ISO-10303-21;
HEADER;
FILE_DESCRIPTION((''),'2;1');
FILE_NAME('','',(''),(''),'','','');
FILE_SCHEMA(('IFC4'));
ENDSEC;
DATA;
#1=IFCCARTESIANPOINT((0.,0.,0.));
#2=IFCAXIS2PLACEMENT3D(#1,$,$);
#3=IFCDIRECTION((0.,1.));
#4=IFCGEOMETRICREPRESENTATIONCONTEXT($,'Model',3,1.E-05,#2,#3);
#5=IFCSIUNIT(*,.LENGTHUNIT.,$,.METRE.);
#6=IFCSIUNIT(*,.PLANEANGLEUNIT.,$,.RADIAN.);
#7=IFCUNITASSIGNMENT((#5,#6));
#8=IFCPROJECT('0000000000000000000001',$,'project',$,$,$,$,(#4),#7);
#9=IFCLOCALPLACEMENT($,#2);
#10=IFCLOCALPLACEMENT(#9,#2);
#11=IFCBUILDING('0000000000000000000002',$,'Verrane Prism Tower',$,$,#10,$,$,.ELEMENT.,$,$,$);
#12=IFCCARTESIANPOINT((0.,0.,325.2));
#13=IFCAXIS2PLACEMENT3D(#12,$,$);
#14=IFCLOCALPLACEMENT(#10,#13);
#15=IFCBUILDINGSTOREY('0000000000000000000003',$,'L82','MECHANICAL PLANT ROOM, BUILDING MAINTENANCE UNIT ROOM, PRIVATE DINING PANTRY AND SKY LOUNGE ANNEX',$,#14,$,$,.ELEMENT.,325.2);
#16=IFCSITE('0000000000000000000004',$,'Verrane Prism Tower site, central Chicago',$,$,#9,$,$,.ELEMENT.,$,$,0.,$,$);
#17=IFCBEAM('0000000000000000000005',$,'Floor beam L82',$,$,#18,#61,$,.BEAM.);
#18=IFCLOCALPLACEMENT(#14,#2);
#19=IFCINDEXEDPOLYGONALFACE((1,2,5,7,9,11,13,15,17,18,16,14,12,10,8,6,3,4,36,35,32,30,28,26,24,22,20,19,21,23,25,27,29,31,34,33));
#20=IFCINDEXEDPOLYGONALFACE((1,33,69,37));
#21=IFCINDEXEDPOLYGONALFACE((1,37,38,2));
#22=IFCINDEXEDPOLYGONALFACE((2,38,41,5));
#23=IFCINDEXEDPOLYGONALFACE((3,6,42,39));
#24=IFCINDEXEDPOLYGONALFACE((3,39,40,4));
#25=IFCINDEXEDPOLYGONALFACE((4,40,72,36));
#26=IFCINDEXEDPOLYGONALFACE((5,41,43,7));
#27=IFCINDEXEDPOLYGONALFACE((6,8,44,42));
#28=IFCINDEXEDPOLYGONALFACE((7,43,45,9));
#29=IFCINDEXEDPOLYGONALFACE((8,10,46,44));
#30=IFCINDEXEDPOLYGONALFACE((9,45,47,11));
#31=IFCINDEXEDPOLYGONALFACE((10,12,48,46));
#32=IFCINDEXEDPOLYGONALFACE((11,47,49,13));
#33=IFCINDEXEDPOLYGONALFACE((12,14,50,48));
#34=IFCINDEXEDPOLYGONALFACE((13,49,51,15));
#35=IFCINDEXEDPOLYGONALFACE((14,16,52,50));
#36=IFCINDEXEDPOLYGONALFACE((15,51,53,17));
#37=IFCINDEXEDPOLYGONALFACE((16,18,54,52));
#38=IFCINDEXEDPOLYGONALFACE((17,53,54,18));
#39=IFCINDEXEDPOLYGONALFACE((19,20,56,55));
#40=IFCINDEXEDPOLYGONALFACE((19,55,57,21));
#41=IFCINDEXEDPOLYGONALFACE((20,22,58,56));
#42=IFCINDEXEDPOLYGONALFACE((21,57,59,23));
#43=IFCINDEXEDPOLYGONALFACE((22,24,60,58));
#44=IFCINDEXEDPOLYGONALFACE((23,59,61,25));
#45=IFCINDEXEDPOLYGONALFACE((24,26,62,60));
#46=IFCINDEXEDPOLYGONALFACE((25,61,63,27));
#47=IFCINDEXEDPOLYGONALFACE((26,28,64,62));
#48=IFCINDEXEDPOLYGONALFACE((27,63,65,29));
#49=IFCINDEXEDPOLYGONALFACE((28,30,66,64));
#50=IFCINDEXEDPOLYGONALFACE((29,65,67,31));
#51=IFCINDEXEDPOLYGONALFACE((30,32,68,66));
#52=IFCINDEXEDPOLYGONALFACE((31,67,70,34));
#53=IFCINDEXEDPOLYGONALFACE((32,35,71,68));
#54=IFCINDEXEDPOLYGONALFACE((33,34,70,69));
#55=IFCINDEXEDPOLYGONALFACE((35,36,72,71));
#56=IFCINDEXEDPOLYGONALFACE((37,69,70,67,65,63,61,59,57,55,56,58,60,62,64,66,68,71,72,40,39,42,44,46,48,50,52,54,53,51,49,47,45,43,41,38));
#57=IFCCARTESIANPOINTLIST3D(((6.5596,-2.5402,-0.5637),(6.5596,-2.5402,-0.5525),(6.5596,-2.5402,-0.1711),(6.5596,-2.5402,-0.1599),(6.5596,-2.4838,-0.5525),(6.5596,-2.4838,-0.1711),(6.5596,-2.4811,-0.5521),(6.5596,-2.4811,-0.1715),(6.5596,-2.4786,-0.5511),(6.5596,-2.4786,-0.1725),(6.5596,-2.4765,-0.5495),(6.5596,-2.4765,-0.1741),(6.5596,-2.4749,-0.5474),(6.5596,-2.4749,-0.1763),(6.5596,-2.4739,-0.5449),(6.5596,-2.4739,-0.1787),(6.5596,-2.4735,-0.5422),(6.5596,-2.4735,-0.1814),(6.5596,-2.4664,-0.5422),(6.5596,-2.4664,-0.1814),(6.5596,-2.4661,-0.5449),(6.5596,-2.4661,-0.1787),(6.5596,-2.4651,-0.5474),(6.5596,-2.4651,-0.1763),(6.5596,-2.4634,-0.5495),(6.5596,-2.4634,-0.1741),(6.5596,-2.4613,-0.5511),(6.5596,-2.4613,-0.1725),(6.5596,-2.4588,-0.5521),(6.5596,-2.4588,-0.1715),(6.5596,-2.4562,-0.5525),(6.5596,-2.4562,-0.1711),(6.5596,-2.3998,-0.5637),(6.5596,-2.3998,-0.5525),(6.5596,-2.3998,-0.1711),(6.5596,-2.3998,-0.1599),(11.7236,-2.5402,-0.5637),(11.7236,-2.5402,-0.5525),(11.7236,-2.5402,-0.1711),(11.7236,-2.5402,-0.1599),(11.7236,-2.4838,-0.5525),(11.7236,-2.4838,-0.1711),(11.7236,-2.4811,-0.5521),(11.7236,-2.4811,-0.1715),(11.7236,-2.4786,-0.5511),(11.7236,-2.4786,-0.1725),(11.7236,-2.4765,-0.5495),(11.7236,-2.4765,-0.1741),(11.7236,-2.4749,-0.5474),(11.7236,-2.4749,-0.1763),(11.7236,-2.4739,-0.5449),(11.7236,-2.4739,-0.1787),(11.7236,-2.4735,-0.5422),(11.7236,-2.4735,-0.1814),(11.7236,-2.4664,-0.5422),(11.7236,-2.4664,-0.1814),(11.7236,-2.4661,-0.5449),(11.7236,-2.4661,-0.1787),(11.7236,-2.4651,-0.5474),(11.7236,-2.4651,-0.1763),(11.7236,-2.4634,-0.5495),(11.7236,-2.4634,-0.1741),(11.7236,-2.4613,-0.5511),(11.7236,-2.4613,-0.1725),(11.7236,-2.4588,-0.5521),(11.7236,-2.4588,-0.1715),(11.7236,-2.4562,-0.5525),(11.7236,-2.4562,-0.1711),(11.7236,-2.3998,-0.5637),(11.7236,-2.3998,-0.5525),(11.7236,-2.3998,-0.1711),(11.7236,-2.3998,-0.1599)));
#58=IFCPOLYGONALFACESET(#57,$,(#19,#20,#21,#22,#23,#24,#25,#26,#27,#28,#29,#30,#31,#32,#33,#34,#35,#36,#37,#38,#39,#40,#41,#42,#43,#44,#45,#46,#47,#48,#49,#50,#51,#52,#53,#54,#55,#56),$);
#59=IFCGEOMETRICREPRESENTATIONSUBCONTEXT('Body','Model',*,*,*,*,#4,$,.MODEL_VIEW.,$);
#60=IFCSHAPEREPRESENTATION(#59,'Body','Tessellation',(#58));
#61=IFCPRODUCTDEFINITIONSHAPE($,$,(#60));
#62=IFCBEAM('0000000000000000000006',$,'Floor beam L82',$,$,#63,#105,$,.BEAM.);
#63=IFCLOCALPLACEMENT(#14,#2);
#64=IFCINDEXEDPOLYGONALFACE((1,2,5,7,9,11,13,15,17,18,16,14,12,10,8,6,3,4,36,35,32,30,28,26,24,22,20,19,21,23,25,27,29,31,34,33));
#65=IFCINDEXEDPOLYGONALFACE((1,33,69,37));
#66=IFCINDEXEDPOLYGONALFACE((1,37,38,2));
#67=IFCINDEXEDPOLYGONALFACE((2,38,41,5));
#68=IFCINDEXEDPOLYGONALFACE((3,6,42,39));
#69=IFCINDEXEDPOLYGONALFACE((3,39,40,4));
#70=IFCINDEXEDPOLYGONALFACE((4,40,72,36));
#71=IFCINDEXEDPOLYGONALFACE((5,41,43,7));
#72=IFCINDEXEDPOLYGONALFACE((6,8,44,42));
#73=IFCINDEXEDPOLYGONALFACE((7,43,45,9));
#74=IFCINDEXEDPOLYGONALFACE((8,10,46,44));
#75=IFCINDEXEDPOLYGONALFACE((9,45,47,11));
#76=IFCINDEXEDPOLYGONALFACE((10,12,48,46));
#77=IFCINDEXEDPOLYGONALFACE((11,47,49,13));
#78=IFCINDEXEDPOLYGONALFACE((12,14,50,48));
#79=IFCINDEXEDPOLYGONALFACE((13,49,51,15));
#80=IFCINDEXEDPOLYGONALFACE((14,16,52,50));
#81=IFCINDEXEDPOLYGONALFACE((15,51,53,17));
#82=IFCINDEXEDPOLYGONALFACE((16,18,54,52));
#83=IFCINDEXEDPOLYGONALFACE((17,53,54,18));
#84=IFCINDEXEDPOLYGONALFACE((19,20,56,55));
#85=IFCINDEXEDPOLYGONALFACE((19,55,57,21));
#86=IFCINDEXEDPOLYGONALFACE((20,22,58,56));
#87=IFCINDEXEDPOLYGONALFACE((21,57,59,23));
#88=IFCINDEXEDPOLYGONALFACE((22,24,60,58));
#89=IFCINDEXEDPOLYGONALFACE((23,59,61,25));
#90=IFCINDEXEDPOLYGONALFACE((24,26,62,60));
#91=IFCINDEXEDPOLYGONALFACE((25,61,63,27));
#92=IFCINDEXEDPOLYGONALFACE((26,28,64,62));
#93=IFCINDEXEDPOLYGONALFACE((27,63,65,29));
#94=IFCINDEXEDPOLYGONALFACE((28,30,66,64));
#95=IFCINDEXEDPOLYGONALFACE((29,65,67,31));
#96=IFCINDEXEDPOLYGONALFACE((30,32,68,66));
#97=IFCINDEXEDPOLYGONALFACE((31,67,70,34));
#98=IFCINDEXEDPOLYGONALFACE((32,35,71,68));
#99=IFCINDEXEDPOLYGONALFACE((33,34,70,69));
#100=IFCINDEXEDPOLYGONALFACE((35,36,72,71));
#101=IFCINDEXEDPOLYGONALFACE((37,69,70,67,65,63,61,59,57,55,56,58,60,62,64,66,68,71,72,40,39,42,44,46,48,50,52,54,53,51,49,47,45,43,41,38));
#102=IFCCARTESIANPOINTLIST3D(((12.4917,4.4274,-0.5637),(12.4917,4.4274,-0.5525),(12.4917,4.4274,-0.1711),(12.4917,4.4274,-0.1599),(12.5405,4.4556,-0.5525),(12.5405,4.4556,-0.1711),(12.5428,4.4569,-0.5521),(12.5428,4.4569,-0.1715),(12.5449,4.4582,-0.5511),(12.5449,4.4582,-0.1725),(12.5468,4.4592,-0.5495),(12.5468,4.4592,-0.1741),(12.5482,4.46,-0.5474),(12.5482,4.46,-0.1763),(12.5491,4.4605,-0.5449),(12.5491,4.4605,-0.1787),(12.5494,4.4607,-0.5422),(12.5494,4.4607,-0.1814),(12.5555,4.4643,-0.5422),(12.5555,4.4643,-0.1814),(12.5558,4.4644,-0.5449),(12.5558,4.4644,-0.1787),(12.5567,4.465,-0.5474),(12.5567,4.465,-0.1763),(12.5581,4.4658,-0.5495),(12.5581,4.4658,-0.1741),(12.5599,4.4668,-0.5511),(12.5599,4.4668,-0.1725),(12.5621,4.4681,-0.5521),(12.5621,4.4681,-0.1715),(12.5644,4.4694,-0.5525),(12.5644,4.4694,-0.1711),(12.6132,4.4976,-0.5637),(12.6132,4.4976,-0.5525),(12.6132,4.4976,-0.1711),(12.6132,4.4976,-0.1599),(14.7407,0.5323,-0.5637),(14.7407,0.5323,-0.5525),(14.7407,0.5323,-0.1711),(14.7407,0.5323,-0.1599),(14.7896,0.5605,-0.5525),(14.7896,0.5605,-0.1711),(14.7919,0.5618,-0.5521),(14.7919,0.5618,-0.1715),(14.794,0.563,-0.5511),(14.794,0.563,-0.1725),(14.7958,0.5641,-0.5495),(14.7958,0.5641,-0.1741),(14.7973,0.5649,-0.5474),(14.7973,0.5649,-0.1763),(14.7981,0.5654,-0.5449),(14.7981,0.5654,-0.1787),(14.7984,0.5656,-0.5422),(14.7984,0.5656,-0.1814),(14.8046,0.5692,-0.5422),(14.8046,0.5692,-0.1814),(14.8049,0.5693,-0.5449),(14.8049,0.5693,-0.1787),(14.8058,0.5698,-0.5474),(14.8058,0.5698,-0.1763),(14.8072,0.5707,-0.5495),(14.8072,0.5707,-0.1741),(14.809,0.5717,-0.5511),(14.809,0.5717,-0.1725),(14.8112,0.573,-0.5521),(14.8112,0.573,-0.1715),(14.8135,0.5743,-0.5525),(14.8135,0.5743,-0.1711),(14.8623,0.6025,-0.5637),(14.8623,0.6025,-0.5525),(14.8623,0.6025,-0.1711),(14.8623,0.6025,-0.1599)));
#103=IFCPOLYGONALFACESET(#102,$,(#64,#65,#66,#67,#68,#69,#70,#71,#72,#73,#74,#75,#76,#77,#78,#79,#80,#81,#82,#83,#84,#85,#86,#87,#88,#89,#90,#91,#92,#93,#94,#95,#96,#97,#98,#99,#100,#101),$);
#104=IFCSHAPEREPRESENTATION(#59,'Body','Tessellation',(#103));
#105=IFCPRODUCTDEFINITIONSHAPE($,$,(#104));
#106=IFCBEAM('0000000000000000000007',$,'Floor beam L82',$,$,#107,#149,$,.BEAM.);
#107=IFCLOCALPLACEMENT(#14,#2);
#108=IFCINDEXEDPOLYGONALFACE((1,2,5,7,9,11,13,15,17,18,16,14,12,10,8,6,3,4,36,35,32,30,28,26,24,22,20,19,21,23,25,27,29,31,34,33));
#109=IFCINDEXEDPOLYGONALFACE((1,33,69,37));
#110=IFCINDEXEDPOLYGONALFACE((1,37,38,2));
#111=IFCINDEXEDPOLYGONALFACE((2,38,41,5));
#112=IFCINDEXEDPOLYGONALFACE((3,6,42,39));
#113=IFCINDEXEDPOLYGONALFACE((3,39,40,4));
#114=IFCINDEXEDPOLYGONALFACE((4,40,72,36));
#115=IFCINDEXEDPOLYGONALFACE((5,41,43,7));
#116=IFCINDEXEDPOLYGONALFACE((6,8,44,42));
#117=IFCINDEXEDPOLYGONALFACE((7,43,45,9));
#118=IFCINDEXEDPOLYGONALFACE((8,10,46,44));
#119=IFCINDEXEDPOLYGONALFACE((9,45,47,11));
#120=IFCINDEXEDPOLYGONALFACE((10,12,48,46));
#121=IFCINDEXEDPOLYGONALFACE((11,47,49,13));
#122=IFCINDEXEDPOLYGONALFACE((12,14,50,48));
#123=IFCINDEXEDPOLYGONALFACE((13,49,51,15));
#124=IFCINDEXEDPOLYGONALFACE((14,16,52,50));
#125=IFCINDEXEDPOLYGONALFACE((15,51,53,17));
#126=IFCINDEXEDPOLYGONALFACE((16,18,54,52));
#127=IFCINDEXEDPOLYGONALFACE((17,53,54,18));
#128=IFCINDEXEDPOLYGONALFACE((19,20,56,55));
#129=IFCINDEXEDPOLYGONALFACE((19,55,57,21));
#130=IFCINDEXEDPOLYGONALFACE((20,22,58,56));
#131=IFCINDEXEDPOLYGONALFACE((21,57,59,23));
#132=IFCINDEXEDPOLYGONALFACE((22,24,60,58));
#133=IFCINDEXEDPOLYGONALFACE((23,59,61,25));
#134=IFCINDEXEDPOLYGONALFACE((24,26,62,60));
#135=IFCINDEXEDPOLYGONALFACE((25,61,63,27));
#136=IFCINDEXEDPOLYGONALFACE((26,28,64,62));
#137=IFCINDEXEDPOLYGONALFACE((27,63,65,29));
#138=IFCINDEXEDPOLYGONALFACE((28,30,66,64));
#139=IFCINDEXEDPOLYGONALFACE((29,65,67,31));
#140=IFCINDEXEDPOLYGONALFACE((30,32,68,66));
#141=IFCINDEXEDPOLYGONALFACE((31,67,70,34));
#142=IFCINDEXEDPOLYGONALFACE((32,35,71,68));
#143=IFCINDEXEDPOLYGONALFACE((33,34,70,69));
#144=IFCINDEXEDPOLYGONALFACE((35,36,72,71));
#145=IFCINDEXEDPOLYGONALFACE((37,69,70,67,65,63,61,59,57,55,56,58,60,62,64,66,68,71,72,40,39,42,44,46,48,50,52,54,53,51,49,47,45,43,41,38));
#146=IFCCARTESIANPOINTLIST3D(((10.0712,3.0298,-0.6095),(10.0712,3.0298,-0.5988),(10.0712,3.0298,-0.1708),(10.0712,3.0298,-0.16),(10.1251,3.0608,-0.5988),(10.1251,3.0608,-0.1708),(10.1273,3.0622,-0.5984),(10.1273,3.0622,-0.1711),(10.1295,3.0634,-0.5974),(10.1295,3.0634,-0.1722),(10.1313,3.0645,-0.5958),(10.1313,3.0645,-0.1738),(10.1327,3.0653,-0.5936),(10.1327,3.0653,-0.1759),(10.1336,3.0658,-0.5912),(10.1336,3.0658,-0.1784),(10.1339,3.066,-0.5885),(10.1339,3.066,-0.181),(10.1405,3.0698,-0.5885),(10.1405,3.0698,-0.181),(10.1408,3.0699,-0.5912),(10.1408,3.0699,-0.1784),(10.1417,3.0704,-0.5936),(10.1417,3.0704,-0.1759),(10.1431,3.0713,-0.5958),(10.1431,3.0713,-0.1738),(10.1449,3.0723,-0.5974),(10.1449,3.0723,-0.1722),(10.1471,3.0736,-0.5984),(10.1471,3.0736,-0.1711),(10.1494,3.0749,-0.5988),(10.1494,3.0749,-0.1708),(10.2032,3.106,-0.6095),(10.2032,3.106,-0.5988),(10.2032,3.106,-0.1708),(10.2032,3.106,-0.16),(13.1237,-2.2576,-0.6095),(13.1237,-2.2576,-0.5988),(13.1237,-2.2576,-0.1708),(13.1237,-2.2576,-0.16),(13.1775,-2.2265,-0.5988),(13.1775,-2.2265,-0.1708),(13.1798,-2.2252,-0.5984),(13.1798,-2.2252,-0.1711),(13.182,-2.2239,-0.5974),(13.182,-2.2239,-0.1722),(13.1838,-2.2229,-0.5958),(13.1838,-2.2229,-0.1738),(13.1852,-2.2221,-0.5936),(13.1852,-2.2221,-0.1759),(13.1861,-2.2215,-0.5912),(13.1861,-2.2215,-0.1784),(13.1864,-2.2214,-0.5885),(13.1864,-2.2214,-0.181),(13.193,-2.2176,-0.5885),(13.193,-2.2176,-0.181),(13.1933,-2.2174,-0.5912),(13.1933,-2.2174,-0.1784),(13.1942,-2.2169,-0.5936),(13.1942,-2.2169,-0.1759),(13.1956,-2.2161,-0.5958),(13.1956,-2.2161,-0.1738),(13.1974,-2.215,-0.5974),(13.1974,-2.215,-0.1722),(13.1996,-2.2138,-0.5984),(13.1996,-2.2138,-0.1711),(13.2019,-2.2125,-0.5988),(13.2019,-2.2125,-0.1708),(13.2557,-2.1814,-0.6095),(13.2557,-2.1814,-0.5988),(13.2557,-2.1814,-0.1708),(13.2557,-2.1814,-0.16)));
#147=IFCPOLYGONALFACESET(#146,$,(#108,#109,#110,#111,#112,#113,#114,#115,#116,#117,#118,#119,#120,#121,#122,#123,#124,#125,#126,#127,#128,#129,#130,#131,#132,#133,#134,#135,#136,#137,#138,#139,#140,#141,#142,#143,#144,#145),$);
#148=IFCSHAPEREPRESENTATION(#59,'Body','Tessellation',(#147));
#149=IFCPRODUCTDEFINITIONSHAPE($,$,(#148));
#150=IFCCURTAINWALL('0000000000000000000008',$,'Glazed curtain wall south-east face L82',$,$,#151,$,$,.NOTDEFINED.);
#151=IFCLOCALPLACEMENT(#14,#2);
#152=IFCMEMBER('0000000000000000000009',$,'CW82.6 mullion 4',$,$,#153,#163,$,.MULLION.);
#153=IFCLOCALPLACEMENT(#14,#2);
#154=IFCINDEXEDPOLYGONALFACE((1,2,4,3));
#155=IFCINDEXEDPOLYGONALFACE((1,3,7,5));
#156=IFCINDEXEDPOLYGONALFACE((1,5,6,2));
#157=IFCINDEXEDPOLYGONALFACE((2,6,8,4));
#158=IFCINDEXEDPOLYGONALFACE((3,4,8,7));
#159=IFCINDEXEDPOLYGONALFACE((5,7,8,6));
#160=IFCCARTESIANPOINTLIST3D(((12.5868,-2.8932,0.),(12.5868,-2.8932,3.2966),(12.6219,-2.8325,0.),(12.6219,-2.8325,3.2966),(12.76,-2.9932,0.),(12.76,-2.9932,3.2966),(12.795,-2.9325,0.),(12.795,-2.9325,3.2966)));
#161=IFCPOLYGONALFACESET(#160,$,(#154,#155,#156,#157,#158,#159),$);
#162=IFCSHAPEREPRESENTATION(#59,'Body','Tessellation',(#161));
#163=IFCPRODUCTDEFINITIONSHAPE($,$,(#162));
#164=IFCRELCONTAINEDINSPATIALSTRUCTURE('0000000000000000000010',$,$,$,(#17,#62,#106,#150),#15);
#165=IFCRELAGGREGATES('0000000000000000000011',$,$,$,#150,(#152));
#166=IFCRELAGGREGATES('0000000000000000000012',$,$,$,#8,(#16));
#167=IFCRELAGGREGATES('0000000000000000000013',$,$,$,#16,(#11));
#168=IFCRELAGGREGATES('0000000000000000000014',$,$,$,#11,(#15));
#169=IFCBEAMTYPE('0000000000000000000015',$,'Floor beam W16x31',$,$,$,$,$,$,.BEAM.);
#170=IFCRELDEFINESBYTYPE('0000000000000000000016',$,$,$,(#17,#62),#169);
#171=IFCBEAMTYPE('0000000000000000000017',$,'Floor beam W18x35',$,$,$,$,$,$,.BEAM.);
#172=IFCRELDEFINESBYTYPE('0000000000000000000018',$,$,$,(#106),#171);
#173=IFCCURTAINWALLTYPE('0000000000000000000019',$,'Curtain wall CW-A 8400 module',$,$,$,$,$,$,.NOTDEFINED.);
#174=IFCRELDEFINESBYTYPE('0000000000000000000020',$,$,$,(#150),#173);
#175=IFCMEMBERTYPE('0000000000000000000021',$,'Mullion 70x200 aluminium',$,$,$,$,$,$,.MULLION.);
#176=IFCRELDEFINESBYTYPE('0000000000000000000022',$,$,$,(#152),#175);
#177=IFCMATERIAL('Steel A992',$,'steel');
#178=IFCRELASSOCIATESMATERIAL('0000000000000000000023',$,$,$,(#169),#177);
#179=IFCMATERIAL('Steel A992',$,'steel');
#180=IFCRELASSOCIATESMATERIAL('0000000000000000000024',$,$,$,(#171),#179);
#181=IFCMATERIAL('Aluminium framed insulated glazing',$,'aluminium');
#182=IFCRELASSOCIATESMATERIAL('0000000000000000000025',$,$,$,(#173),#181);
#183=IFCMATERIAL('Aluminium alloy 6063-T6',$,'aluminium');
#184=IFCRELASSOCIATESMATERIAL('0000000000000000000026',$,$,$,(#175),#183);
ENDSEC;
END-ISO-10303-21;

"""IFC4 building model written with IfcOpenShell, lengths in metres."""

from ifc_helpers import new_model, si_unit, direction, frame, origin, origin_2d, place, context, subcontext, project, spatial, rectangle, i_section, extrude, material, material_profile, profile_set, type_object, element, aggregate, save


model = new_model("IFC4")

# Units and contexts
model_context = context("Model", 3, precision=1e-05, world=origin(), true_north=direction((0.0, 1.0)))
body_context = subcontext(model_context, "Body", "Model", "MODEL_VIEW")
ifc_project = project(units=[si_unit("LENGTHUNIT", "METRE"), si_unit("PLANEANGLEUNIT", "RADIAN")], contexts=[model_context])

# Site, building, storey
site_placement = place(None, origin())
site = spatial("IfcSite", under=ifc_project, at=site_placement, Name="Verrane Prism Tower site, central Chicago", CompositionType="ELEMENT", RefElevation=0.0)
building_placement = place(site_placement, origin())
building = spatial("IfcBuilding", under=site, at=building_placement, Name="Verrane Prism Tower", CompositionType="ELEMENT")
storey_placement = place(building_placement, frame((0.0, 0.0, 325.2)))
storey = spatial("IfcBuildingStorey", under=building, at=storey_placement, Name="L82", Description="MECHANICAL PLANT ROOM, BUILDING MAINTENANCE UNIT ROOM, PRIVATE DINING PANTRY AND SKY LOUNGE ANNEX", CompositionType="ELEMENT", Elevation=325.2)

# Beams
ifc_material_1 = material(Name="Steel A992", Category="steel")
ifc_material_profile_1 = material_profile(ifc_material_1, i_section(OverallWidth=0.1404, OverallDepth=0.4038, WebThickness=0.0071, FlangeThickness=0.0112, FilletRadius=0.0103, at=origin_2d()), Name="W16x31")
ifc_profile_set_1 = profile_set([ifc_material_profile_1], Name="Steel A992")
beam_type_1 = type_object("IfcBeamType", Name="Floor beam W16x31", PredefinedType="BEAM", material=ifc_profile_set_1)
beam_1_placement = place(storey_placement, frame((6.5596, -2.47, -0.3618), z_axis=(1.0, 0.0, 0.0), x_axis=(0.0, 1.0, 0.0)))
element("IfcBeam", 1, at=beam_1_placement, inside=storey, type_object=beam_type_1, Name="Floor beam L82", PredefinedType="BEAM", context=body_context, shape_type="SweptSolid", body=[
    extrude(i_section(OverallWidth=0.1404, OverallDepth=0.4038, WebThickness=0.0071, FlangeThickness=0.0112, FilletRadius=0.0103, at=origin_2d()), origin(), (0.0, 0.0, 1.0), 5.1641),
])
beam_2_placement = place(storey_placement, frame((14.8015, 0.5674, -0.3618), z_axis=(-0.500039, 0.866003, 0.0), x_axis=(-0.866003, -0.500039, 0.0)))
element("IfcBeam", 2, at=beam_2_placement, inside=storey, type_object=beam_type_1, Name="Floor beam L82", PredefinedType="BEAM", context=body_context, shape_type="SweptSolid", body=[
    extrude(i_section(OverallWidth=0.1404, OverallDepth=0.4038, WebThickness=0.0071, FlangeThickness=0.0112, FilletRadius=0.0103, at=origin_2d()), origin(), (0.0, 0.0, 1.0), 4.4978),
])
ifc_material_2 = material(Name="Steel A992", Category="steel")
ifc_material_profile_2 = material_profile(ifc_material_2, i_section(OverallWidth=0.1523, OverallDepth=0.4495, WebThickness=0.0076, FlangeThickness=0.0107, FilletRadius=0.0103, at=origin_2d()), Name="W18x35")
ifc_profile_set_2 = profile_set([ifc_material_profile_2], Name="Steel A992")
beam_type_2 = type_object("IfcBeamType", Name="Floor beam W18x35", PredefinedType="BEAM", material=ifc_profile_set_2)
beam_3_placement = place(storey_placement, frame((13.1897, -2.2195, -0.3848), z_axis=(-0.49998, 0.866037, 0.0), x_axis=(-0.866037, -0.49998, 0.0)))
element("IfcBeam", 3, at=beam_3_placement, inside=storey, type_object=beam_type_2, Name="Floor beam L82", PredefinedType="BEAM", context=body_context, shape_type="SweptSolid", body=[
    extrude(i_section(OverallWidth=0.1523, OverallDepth=0.4495, WebThickness=0.0076, FlangeThickness=0.0107, FilletRadius=0.0103, at=origin_2d()), origin(), (0.0, 0.0, 1.0), 6.1052),
])

# Curtain wall, member
ifc_material_3 = material(Name="Aluminium framed insulated glazing", Category="aluminium")
curtain_wall_type = type_object("IfcCurtainWallType", Name="Curtain wall CW-A 8400 module", PredefinedType="NOTDEFINED", material=ifc_material_3)
curtain_wall_placement = place(storey_placement, origin())
curtain_wall = element("IfcCurtainWall", 4, at=curtain_wall_placement, inside=storey, type_object=curtain_wall_type, Name="Glazed curtain wall south-east face L82", PredefinedType="NOTDEFINED")
ifc_material_4 = material(Name="Aluminium alloy 6063-T6", Category="aluminium")
ifc_material_profile_3 = material_profile(ifc_material_4, rectangle(XDim=0.2, YDim=0.0701, at=origin_2d()), Name="Mullion 70x200 aluminium")
ifc_profile_set_3 = profile_set([ifc_material_profile_3], Name="Aluminium alloy 6063-T6")
member_type_1 = type_object("IfcMemberType", Name="Mullion 70x200 aluminium", PredefinedType="MULLION", material=ifc_profile_set_3)
member_1_placement = place(storey_placement, frame((12.6909, -2.9128, 0.0), z_axis=(0.0, 0.0, 1.0), x_axis=(-0.866025, 0.5, 0.0)))
member_1 = element("IfcMember", 5, at=member_1_placement, type_object=member_type_1, Name="CW82.6 mullion 4", PredefinedType="MULLION", context=body_context, shape_type="SweptSolid", body=[
    extrude(rectangle(XDim=0.2, YDim=0.0701, at=origin_2d()), origin(), (0.0, 0.0, 1.0), 3.2966),
])

aggregate(curtain_wall, [member_1])

save(model, "model.ifc")
